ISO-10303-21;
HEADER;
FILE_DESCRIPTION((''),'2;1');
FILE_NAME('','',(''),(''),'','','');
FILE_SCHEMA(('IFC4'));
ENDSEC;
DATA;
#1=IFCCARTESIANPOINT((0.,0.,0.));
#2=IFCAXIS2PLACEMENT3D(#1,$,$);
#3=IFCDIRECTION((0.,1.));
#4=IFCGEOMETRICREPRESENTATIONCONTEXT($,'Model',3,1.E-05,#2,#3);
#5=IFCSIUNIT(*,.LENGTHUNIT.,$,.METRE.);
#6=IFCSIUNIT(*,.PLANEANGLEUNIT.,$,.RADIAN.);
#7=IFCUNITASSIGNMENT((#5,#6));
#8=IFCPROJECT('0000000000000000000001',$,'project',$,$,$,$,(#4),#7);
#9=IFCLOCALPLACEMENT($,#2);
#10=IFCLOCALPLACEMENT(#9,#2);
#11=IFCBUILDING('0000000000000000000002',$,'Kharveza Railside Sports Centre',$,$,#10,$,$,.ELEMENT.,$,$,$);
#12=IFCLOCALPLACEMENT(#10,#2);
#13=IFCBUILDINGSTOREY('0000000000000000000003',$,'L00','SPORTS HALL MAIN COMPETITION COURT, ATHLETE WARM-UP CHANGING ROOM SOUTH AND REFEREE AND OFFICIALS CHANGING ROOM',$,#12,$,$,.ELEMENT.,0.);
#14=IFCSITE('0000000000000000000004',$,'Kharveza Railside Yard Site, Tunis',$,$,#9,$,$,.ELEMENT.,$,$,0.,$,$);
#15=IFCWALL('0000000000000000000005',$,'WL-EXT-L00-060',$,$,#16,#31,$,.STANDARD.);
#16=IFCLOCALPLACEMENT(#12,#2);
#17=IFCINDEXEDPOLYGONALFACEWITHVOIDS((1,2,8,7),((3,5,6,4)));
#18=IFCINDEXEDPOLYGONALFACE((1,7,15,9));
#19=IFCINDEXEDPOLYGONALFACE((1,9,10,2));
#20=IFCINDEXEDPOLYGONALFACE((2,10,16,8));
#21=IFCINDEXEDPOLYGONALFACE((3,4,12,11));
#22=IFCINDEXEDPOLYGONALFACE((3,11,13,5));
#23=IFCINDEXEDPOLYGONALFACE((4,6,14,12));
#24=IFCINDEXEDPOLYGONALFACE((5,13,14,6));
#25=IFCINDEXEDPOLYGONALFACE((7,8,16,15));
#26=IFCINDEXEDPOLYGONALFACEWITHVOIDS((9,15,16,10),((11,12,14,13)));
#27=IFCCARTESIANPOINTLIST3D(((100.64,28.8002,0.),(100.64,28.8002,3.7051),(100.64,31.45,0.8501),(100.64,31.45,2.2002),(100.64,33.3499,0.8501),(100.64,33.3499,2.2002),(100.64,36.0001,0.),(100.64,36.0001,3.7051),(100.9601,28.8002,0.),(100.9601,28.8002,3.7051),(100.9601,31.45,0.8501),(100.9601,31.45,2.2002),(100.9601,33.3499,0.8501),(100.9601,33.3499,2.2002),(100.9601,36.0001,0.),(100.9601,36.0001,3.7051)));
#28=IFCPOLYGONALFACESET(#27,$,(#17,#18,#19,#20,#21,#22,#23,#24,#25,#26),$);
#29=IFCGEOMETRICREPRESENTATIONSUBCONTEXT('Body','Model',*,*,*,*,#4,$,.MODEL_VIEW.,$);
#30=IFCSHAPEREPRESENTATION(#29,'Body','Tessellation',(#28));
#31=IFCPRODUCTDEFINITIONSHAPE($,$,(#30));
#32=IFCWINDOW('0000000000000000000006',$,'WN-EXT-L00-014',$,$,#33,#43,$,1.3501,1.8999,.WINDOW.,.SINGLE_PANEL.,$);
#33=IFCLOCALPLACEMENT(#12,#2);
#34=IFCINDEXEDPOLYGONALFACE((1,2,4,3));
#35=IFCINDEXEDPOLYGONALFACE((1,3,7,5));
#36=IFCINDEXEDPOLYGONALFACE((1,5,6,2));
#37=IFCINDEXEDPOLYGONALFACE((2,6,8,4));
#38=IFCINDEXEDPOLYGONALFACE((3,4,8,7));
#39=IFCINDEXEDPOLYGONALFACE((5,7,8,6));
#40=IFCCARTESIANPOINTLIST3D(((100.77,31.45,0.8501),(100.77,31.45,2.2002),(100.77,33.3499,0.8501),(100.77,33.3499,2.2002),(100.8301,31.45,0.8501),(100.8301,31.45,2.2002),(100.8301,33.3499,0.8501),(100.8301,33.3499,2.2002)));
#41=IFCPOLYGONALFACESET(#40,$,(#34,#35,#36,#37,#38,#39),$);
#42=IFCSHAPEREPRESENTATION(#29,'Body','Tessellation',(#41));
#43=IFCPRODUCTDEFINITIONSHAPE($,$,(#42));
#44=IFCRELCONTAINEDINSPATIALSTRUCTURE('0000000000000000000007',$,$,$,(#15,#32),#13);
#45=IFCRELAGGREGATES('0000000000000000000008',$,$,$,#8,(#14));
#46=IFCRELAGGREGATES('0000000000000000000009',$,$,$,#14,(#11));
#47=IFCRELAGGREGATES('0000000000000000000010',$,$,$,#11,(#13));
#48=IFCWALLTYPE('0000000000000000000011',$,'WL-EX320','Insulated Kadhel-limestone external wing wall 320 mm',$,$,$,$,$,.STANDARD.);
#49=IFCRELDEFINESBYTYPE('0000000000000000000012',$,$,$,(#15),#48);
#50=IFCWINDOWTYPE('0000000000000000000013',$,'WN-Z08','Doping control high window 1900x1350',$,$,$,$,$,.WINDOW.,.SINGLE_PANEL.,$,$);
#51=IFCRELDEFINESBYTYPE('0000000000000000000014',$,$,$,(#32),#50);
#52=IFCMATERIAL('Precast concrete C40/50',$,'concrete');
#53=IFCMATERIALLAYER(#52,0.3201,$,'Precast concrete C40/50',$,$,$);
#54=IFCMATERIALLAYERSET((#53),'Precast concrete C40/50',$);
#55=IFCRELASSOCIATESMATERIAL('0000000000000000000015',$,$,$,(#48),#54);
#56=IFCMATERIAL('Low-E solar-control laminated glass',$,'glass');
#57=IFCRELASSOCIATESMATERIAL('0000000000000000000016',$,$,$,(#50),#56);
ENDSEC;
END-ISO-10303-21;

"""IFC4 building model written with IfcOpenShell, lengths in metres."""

from ifc_helpers import new_model, si_unit, direction, frame, frame_2d, origin, place, context, subcontext, project, spatial, rectangle, extrude, material, layer, layer_set, type_object, element, fill, save


model = new_model("IFC4")

# Units and contexts
model_context = context("Model", 3, precision=1e-05, world=origin(), true_north=direction((0.0, 1.0)))
body_context = subcontext(model_context, "Body", "Model", "MODEL_VIEW")
ifc_project = project(units=[si_unit("LENGTHUNIT", "METRE"), si_unit("PLANEANGLEUNIT", "RADIAN")], contexts=[model_context])

# Site, building, storey
site_placement = place(None, origin())
site = spatial("IfcSite", under=ifc_project, at=site_placement, Name="Kharveza Railside Yard Site, Tunis", CompositionType="ELEMENT", RefElevation=0.0)
building_placement = place(site_placement, origin())
building = spatial("IfcBuilding", under=site, at=building_placement, Name="Kharveza Railside Sports Centre", CompositionType="ELEMENT")
storey_placement = place(building_placement, origin())
storey = spatial("IfcBuildingStorey", under=building, at=storey_placement, Name="L00", Description="SPORTS HALL MAIN COMPETITION COURT, ATHLETE WARM-UP CHANGING ROOM SOUTH AND REFEREE AND OFFICIALS CHANGING ROOM", CompositionType="ELEMENT", Elevation=0.0)

# Wall, opening, window
ifc_material_1 = material(Name="Precast concrete C40/50", Category="concrete")
ifc_layer = layer(ifc_material_1, 0.3201, Name="Precast concrete C40/50")
ifc_layer_set = layer_set([ifc_layer], Name="Precast concrete C40/50")
wall_type = type_object("IfcWallType", Name="WL-EX320", Description="Insulated Kadhel-limestone external wing wall 320 mm", PredefinedType="STANDARD", material=ifc_layer_set)
wall_placement = place(storey_placement, frame((100.8, 28.8, 0.0), z_axis=(0.0, 0.0, 1.0), x_axis=(0.0, 1.0, 0.0)))
wall = element("IfcWall", 1, at=wall_placement, inside=storey, type_object=wall_type, Name="WL-EXT-L00-060", PredefinedType="STANDARD", context=body_context, shape_type="SweptSolid", body=[
    extrude(rectangle(XDim=7.2, YDim=0.3201, at=frame_2d((3.6001, 0.0))), origin(), (0.0, 0.0, 1.0), 3.7051),
])
opening_placement = place(wall_placement, frame((2.6499, 0.0, 0.8501)))
opening = element("IfcOpeningElement", 2, at=opening_placement, cuts=wall, PredefinedType="OPENING", context=body_context, shape_type="SweptSolid", body=[
    extrude(rectangle(XDim=1.8999, YDim=1.3501, at=frame_2d((0.95, 0.675))), frame((0.0, 0.1851, 0.0), z_axis=(0.0, -1.0, 0.0), x_axis=(1.0, 0.0, 0.0)), (0.0, 0.0, 1.0), 0.3699),
])
ifc_material_2 = material(Name="Low-E solar-control laminated glass", Category="glass")
window_type = type_object("IfcWindowType", Name="WN-Z08", Description="Doping control high window 1900x1350", PartitioningType="SINGLE_PANEL", PredefinedType="WINDOW", material=ifc_material_2)
window_placement = place(opening_placement, origin())
window = element("IfcWindow", 3, at=window_placement, inside=storey, type_object=window_type, Name="WN-EXT-L00-014", OverallHeight=1.3501, OverallWidth=1.8999, PartitioningType="SINGLE_PANEL", PredefinedType="WINDOW", context=body_context, shape_type="SweptSolid", body=[
    extrude(rectangle(XDim=1.8999, YDim=1.3501, at=frame_2d((0.95, 0.675))), frame((0.0, 0.03, 0.0), z_axis=(0.0, -1.0, 0.0), x_axis=(1.0, 0.0, 0.0)), (0.0, 0.0, 1.0), 0.0601),
])
fill(opening, window)

save(model, "model.ifc")
